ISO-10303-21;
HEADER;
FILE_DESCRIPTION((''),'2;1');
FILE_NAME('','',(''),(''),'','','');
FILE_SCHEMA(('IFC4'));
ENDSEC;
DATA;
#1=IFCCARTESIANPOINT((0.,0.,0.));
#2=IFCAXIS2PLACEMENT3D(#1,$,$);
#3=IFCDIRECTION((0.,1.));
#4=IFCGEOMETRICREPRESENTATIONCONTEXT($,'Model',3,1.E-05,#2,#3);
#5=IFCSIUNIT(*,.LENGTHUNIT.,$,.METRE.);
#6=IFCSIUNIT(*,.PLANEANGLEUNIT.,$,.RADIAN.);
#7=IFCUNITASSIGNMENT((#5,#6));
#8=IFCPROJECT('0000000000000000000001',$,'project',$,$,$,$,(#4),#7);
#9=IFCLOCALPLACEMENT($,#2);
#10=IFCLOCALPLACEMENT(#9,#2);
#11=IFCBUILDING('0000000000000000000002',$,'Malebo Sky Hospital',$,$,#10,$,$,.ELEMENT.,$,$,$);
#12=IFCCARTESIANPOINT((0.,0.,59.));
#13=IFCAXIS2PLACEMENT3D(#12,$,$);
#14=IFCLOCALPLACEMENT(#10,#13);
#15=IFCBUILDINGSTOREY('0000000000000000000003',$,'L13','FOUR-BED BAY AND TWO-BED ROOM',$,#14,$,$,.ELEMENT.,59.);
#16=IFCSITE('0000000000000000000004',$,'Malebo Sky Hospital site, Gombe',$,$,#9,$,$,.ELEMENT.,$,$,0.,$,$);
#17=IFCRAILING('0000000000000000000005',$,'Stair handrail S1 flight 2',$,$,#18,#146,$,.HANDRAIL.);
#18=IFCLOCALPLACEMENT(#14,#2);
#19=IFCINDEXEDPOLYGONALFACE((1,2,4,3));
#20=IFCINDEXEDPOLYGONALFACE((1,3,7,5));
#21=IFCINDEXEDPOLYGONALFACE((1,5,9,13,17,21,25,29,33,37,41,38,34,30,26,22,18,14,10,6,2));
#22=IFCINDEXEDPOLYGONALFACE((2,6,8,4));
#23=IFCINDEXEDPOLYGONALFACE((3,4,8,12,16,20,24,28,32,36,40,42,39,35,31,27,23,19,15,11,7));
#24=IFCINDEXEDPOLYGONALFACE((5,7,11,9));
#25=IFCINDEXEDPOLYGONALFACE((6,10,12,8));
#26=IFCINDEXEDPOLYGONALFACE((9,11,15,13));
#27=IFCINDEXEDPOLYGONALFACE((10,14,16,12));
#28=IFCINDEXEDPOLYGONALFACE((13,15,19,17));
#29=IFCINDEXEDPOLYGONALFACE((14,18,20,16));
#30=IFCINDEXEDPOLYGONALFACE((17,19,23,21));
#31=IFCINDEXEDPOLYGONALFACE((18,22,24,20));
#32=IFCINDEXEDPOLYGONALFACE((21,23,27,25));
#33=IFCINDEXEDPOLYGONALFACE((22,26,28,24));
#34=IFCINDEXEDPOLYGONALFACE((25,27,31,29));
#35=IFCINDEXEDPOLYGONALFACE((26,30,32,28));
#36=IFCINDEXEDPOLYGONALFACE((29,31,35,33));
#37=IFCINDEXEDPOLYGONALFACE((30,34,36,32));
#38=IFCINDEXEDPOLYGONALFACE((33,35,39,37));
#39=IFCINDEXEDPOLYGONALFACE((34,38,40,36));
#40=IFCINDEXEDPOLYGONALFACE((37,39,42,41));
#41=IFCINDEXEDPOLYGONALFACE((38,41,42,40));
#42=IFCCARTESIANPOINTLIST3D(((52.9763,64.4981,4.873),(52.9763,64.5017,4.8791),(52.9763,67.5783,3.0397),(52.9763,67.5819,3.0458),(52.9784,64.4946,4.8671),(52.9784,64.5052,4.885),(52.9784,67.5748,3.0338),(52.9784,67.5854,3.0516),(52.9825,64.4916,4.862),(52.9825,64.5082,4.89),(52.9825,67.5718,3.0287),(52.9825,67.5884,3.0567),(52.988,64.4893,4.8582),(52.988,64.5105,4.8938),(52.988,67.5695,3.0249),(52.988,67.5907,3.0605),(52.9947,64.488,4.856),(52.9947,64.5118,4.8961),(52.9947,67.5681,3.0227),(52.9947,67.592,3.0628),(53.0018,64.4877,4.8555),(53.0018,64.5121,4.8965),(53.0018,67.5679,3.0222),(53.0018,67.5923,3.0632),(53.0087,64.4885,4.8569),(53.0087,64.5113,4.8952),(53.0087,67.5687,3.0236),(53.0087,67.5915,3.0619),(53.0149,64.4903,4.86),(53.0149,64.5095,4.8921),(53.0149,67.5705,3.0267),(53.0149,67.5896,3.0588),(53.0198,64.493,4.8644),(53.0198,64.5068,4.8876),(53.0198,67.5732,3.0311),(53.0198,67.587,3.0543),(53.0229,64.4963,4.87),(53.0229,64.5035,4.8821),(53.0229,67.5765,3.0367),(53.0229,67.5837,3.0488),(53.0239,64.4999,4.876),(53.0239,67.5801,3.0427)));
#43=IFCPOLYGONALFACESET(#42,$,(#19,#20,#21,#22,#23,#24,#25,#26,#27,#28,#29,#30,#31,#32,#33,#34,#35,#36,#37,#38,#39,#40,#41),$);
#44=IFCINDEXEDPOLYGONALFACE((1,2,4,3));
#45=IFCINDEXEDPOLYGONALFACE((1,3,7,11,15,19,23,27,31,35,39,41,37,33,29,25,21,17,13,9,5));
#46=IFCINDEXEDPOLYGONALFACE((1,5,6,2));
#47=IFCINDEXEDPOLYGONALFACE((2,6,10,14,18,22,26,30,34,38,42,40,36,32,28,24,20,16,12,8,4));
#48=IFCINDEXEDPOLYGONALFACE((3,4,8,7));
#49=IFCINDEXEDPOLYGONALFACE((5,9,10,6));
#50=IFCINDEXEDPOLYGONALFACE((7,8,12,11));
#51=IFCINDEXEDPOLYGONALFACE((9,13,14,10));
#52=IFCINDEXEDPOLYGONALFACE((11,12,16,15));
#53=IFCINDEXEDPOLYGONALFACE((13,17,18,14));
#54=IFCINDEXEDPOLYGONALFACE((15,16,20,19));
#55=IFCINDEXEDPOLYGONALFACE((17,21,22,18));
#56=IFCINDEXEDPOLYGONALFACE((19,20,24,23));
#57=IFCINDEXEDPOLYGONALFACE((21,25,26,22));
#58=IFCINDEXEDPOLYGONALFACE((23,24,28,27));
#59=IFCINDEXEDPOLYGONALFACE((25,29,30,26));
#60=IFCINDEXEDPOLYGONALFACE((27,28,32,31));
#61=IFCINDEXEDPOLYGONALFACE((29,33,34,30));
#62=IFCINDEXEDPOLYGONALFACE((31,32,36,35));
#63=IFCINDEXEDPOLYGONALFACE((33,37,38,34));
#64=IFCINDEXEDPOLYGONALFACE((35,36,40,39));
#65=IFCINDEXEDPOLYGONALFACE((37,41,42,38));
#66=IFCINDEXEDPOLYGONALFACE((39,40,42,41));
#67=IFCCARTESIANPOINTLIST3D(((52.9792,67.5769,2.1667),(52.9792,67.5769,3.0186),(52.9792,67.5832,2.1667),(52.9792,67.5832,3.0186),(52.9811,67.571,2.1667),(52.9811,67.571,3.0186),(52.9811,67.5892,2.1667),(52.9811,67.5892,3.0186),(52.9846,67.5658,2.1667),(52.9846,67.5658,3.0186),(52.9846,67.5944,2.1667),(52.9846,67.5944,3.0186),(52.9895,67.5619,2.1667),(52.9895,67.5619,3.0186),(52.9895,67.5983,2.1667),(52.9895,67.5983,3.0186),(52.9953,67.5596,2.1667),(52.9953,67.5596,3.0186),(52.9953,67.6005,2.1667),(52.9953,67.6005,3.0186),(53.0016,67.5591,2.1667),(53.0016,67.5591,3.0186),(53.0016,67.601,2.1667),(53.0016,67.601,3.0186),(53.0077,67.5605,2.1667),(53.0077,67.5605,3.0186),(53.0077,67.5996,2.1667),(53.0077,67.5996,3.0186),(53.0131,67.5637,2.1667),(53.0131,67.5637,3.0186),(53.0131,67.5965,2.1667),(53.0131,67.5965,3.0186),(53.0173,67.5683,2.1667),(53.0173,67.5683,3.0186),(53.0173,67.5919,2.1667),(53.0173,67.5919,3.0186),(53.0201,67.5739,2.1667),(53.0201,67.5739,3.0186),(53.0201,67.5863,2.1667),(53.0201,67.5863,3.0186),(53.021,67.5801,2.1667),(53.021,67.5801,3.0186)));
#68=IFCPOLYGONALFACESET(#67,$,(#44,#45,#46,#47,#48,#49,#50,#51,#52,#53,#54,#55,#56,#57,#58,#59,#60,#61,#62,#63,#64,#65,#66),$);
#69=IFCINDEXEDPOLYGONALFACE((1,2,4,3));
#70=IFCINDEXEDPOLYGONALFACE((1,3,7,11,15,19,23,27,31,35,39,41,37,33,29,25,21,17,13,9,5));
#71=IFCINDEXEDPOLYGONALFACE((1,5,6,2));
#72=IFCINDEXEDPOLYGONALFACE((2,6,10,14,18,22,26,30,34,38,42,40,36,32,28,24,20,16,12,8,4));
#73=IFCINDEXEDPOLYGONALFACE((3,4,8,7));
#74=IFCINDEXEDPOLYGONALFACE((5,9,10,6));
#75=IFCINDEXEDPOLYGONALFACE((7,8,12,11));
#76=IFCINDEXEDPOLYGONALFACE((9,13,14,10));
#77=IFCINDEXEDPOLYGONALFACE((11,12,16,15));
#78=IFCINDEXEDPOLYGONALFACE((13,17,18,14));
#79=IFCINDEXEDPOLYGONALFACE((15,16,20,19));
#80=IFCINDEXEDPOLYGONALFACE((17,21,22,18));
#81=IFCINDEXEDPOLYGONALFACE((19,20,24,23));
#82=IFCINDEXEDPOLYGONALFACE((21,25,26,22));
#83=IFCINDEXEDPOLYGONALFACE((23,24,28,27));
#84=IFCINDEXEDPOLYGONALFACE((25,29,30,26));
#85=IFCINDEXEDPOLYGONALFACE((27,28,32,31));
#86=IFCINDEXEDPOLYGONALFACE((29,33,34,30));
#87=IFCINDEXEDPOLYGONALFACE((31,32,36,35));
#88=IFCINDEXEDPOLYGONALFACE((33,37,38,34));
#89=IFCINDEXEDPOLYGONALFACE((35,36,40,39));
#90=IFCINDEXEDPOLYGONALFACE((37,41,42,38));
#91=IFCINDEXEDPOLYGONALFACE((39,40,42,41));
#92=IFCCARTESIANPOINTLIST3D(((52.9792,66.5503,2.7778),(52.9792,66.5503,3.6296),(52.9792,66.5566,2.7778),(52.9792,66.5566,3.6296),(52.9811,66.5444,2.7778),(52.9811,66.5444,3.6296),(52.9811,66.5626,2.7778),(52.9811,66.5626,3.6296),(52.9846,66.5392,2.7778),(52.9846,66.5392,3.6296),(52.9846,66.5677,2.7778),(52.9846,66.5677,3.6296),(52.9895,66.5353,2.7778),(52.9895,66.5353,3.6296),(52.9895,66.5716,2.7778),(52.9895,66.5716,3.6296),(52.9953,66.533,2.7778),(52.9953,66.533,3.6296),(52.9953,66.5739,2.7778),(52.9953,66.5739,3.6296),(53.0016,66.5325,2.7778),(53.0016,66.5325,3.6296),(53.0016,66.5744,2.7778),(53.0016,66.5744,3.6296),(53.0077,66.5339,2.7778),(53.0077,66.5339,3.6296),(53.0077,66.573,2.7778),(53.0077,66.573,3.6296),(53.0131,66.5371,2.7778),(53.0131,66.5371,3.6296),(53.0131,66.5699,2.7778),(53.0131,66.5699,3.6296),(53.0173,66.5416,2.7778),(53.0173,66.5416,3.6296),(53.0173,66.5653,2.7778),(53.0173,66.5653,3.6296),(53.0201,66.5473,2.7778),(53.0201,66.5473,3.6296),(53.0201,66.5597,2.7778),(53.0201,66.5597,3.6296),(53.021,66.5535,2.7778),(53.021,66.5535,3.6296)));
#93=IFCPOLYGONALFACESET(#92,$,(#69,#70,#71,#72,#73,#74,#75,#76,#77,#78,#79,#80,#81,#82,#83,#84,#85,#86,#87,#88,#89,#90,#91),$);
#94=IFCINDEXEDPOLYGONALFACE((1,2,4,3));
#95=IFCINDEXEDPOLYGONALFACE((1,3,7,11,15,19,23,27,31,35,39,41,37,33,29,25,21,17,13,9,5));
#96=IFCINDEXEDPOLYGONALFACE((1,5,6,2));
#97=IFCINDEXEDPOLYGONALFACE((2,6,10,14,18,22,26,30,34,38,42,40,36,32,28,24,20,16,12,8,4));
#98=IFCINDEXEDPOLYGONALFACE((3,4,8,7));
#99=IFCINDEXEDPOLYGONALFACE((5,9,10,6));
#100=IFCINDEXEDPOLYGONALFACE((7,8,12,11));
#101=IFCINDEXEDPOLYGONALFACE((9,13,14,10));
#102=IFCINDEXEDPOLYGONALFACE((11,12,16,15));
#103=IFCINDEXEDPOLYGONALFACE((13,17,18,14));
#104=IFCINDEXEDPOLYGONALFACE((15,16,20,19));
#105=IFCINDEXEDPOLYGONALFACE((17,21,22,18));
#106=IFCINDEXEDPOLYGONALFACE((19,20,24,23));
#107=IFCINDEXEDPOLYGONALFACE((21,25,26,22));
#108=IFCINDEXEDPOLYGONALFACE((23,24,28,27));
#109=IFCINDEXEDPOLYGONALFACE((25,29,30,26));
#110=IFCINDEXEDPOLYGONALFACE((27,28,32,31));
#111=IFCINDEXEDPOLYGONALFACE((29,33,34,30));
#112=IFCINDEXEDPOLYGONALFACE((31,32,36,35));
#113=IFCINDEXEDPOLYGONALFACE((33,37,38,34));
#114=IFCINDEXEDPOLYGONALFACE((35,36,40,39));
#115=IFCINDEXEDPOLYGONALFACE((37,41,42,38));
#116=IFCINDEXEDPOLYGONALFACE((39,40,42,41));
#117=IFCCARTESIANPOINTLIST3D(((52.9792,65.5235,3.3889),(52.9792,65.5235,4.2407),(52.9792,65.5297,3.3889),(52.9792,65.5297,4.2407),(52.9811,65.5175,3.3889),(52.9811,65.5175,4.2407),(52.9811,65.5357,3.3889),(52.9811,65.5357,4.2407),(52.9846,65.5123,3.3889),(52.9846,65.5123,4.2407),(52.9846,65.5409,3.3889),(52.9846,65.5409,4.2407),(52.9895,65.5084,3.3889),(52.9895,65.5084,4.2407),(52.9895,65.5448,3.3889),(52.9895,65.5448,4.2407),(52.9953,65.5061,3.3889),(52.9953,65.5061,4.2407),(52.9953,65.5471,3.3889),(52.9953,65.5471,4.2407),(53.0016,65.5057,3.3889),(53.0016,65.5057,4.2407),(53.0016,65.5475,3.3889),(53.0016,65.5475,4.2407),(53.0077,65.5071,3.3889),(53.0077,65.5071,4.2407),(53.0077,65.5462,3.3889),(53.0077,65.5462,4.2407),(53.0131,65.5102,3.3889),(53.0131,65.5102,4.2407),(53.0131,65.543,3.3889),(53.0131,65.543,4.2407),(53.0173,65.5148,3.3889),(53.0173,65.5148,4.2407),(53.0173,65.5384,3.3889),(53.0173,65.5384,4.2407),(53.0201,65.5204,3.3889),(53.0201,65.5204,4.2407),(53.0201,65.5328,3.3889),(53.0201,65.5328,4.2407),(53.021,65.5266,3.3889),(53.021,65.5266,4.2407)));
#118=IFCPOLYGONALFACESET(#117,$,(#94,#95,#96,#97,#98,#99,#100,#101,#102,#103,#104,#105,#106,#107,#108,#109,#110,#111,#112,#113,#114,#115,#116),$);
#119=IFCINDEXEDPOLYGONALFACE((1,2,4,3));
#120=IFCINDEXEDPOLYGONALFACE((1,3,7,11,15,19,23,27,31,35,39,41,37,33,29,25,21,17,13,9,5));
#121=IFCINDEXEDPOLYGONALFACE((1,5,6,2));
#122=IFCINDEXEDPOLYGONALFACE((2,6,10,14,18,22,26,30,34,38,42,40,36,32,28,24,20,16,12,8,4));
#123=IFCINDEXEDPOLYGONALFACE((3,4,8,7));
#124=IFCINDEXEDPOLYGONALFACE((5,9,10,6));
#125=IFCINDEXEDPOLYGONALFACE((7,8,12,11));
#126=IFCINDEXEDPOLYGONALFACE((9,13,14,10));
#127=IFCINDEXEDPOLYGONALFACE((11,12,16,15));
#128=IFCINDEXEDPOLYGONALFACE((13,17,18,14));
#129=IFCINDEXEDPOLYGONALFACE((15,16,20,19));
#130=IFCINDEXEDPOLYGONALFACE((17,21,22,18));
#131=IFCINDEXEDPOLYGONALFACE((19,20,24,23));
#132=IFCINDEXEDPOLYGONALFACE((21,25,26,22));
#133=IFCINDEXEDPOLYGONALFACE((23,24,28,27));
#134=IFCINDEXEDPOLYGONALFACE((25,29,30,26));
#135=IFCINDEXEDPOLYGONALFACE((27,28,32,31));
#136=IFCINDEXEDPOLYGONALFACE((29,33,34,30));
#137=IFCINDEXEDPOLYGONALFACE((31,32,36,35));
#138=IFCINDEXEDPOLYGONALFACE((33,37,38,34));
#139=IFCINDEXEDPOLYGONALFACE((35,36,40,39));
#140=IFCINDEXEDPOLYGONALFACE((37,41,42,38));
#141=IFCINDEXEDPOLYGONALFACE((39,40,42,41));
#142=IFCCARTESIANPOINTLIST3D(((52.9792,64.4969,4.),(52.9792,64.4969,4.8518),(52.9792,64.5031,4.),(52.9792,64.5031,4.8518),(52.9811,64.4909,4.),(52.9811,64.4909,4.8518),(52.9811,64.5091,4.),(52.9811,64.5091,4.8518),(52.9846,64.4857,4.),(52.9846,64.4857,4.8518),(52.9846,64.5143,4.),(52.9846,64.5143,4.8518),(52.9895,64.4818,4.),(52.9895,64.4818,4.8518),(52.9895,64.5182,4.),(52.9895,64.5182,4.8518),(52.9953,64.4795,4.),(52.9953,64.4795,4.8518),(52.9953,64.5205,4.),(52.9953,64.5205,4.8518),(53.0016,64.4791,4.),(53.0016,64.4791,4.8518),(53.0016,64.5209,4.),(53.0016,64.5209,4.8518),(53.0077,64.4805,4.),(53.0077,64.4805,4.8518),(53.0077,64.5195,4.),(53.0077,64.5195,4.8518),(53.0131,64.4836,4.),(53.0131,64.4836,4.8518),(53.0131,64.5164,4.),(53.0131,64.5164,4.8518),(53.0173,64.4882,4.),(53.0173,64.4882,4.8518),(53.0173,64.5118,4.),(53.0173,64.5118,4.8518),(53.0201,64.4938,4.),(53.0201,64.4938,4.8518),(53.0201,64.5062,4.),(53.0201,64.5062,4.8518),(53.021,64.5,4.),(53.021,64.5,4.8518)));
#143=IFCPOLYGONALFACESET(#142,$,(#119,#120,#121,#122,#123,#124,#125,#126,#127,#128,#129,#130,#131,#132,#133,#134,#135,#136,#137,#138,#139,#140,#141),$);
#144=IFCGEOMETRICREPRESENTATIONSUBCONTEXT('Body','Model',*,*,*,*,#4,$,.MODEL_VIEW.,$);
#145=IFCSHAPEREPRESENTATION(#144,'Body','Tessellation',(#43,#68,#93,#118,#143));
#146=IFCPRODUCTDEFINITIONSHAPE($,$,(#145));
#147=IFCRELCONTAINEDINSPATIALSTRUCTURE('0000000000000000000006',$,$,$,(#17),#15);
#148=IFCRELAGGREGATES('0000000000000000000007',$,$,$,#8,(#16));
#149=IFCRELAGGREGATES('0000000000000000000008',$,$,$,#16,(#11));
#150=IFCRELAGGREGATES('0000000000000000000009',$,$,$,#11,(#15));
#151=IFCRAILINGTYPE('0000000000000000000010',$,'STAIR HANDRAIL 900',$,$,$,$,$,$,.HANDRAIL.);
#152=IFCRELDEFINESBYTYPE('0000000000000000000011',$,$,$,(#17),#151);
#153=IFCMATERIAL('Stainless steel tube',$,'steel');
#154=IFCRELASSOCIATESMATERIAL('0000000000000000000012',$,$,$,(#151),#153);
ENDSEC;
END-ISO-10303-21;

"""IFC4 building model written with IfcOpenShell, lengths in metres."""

from ifc_helpers import new_model, si_unit, direction, frame, origin, origin_2d, place, context, subcontext, project, spatial, circle, extrude, material, type_object, element, save


model = new_model("IFC4")

# Units and contexts
model_context = context("Model", 3, precision=1e-05, world=origin(), true_north=direction((0.0, 1.0)))
body_context = subcontext(model_context, "Body", "Model", "MODEL_VIEW")
ifc_project = project(units=[si_unit("LENGTHUNIT", "METRE"), si_unit("PLANEANGLEUNIT", "RADIAN")], contexts=[model_context])

# Site, building, storey
site_placement = place(None, origin())
site = spatial("IfcSite", under=ifc_project, at=site_placement, Name="Malebo Sky Hospital site, Gombe", CompositionType="ELEMENT", RefElevation=0.0)
building_placement = place(site_placement, origin())
building = spatial("IfcBuilding", under=site, at=building_placement, Name="Malebo Sky Hospital", CompositionType="ELEMENT")
storey_placement = place(building_placement, frame((0.0, 0.0, 59.0)))
storey = spatial("IfcBuildingStorey", under=building, at=storey_placement, Name="L13", Description="FOUR-BED BAY AND TWO-BED ROOM", CompositionType="ELEMENT", Elevation=59.0)

# Railing
ifc_material_1 = material(Name="Stainless steel tube", Category="steel")
railing_type = type_object("IfcRailingType", Name="STAIR HANDRAIL 900", PredefinedType="HANDRAIL", material=ifc_material_1)
railing_1_placement = place(storey_placement, frame((53.0, 67.5801, 2.1667)))
element("IfcRailing", 1, at=railing_1_placement, inside=storey, type_object=railing_type, Name="Stair handrail S1 flight 2", PredefinedType="HANDRAIL", context=body_context, shape_type="SweptSolid", body=[
    extrude(circle(Radius=0.0239, at=origin_2d()), frame((0.0, 0.0, 0.876), z_axis=(0.0, -0.859309, 0.511458), x_axis=(1.0, 0.0, 0.0)), (0.0, 0.0, 1.0), 3.5845),
    extrude(circle(Radius=0.021, at=origin_2d()), origin(), (0.0, 0.0, 1.0), 0.8518),
    extrude(circle(Radius=0.021, at=origin_2d()), frame((0.0, -1.0266, 0.6111)), (0.0, 0.0, 1.0), 0.8518),
    extrude(circle(Radius=0.021, at=origin_2d()), frame((0.0, -2.0535, 1.2222)), (0.0, 0.0, 1.0), 0.8518),
    extrude(circle(Radius=0.021, at=origin_2d()), frame((0.0, -3.0801, 1.8333)), (0.0, 0.0, 1.0), 0.8518),
])

save(model, "model.ifc")
